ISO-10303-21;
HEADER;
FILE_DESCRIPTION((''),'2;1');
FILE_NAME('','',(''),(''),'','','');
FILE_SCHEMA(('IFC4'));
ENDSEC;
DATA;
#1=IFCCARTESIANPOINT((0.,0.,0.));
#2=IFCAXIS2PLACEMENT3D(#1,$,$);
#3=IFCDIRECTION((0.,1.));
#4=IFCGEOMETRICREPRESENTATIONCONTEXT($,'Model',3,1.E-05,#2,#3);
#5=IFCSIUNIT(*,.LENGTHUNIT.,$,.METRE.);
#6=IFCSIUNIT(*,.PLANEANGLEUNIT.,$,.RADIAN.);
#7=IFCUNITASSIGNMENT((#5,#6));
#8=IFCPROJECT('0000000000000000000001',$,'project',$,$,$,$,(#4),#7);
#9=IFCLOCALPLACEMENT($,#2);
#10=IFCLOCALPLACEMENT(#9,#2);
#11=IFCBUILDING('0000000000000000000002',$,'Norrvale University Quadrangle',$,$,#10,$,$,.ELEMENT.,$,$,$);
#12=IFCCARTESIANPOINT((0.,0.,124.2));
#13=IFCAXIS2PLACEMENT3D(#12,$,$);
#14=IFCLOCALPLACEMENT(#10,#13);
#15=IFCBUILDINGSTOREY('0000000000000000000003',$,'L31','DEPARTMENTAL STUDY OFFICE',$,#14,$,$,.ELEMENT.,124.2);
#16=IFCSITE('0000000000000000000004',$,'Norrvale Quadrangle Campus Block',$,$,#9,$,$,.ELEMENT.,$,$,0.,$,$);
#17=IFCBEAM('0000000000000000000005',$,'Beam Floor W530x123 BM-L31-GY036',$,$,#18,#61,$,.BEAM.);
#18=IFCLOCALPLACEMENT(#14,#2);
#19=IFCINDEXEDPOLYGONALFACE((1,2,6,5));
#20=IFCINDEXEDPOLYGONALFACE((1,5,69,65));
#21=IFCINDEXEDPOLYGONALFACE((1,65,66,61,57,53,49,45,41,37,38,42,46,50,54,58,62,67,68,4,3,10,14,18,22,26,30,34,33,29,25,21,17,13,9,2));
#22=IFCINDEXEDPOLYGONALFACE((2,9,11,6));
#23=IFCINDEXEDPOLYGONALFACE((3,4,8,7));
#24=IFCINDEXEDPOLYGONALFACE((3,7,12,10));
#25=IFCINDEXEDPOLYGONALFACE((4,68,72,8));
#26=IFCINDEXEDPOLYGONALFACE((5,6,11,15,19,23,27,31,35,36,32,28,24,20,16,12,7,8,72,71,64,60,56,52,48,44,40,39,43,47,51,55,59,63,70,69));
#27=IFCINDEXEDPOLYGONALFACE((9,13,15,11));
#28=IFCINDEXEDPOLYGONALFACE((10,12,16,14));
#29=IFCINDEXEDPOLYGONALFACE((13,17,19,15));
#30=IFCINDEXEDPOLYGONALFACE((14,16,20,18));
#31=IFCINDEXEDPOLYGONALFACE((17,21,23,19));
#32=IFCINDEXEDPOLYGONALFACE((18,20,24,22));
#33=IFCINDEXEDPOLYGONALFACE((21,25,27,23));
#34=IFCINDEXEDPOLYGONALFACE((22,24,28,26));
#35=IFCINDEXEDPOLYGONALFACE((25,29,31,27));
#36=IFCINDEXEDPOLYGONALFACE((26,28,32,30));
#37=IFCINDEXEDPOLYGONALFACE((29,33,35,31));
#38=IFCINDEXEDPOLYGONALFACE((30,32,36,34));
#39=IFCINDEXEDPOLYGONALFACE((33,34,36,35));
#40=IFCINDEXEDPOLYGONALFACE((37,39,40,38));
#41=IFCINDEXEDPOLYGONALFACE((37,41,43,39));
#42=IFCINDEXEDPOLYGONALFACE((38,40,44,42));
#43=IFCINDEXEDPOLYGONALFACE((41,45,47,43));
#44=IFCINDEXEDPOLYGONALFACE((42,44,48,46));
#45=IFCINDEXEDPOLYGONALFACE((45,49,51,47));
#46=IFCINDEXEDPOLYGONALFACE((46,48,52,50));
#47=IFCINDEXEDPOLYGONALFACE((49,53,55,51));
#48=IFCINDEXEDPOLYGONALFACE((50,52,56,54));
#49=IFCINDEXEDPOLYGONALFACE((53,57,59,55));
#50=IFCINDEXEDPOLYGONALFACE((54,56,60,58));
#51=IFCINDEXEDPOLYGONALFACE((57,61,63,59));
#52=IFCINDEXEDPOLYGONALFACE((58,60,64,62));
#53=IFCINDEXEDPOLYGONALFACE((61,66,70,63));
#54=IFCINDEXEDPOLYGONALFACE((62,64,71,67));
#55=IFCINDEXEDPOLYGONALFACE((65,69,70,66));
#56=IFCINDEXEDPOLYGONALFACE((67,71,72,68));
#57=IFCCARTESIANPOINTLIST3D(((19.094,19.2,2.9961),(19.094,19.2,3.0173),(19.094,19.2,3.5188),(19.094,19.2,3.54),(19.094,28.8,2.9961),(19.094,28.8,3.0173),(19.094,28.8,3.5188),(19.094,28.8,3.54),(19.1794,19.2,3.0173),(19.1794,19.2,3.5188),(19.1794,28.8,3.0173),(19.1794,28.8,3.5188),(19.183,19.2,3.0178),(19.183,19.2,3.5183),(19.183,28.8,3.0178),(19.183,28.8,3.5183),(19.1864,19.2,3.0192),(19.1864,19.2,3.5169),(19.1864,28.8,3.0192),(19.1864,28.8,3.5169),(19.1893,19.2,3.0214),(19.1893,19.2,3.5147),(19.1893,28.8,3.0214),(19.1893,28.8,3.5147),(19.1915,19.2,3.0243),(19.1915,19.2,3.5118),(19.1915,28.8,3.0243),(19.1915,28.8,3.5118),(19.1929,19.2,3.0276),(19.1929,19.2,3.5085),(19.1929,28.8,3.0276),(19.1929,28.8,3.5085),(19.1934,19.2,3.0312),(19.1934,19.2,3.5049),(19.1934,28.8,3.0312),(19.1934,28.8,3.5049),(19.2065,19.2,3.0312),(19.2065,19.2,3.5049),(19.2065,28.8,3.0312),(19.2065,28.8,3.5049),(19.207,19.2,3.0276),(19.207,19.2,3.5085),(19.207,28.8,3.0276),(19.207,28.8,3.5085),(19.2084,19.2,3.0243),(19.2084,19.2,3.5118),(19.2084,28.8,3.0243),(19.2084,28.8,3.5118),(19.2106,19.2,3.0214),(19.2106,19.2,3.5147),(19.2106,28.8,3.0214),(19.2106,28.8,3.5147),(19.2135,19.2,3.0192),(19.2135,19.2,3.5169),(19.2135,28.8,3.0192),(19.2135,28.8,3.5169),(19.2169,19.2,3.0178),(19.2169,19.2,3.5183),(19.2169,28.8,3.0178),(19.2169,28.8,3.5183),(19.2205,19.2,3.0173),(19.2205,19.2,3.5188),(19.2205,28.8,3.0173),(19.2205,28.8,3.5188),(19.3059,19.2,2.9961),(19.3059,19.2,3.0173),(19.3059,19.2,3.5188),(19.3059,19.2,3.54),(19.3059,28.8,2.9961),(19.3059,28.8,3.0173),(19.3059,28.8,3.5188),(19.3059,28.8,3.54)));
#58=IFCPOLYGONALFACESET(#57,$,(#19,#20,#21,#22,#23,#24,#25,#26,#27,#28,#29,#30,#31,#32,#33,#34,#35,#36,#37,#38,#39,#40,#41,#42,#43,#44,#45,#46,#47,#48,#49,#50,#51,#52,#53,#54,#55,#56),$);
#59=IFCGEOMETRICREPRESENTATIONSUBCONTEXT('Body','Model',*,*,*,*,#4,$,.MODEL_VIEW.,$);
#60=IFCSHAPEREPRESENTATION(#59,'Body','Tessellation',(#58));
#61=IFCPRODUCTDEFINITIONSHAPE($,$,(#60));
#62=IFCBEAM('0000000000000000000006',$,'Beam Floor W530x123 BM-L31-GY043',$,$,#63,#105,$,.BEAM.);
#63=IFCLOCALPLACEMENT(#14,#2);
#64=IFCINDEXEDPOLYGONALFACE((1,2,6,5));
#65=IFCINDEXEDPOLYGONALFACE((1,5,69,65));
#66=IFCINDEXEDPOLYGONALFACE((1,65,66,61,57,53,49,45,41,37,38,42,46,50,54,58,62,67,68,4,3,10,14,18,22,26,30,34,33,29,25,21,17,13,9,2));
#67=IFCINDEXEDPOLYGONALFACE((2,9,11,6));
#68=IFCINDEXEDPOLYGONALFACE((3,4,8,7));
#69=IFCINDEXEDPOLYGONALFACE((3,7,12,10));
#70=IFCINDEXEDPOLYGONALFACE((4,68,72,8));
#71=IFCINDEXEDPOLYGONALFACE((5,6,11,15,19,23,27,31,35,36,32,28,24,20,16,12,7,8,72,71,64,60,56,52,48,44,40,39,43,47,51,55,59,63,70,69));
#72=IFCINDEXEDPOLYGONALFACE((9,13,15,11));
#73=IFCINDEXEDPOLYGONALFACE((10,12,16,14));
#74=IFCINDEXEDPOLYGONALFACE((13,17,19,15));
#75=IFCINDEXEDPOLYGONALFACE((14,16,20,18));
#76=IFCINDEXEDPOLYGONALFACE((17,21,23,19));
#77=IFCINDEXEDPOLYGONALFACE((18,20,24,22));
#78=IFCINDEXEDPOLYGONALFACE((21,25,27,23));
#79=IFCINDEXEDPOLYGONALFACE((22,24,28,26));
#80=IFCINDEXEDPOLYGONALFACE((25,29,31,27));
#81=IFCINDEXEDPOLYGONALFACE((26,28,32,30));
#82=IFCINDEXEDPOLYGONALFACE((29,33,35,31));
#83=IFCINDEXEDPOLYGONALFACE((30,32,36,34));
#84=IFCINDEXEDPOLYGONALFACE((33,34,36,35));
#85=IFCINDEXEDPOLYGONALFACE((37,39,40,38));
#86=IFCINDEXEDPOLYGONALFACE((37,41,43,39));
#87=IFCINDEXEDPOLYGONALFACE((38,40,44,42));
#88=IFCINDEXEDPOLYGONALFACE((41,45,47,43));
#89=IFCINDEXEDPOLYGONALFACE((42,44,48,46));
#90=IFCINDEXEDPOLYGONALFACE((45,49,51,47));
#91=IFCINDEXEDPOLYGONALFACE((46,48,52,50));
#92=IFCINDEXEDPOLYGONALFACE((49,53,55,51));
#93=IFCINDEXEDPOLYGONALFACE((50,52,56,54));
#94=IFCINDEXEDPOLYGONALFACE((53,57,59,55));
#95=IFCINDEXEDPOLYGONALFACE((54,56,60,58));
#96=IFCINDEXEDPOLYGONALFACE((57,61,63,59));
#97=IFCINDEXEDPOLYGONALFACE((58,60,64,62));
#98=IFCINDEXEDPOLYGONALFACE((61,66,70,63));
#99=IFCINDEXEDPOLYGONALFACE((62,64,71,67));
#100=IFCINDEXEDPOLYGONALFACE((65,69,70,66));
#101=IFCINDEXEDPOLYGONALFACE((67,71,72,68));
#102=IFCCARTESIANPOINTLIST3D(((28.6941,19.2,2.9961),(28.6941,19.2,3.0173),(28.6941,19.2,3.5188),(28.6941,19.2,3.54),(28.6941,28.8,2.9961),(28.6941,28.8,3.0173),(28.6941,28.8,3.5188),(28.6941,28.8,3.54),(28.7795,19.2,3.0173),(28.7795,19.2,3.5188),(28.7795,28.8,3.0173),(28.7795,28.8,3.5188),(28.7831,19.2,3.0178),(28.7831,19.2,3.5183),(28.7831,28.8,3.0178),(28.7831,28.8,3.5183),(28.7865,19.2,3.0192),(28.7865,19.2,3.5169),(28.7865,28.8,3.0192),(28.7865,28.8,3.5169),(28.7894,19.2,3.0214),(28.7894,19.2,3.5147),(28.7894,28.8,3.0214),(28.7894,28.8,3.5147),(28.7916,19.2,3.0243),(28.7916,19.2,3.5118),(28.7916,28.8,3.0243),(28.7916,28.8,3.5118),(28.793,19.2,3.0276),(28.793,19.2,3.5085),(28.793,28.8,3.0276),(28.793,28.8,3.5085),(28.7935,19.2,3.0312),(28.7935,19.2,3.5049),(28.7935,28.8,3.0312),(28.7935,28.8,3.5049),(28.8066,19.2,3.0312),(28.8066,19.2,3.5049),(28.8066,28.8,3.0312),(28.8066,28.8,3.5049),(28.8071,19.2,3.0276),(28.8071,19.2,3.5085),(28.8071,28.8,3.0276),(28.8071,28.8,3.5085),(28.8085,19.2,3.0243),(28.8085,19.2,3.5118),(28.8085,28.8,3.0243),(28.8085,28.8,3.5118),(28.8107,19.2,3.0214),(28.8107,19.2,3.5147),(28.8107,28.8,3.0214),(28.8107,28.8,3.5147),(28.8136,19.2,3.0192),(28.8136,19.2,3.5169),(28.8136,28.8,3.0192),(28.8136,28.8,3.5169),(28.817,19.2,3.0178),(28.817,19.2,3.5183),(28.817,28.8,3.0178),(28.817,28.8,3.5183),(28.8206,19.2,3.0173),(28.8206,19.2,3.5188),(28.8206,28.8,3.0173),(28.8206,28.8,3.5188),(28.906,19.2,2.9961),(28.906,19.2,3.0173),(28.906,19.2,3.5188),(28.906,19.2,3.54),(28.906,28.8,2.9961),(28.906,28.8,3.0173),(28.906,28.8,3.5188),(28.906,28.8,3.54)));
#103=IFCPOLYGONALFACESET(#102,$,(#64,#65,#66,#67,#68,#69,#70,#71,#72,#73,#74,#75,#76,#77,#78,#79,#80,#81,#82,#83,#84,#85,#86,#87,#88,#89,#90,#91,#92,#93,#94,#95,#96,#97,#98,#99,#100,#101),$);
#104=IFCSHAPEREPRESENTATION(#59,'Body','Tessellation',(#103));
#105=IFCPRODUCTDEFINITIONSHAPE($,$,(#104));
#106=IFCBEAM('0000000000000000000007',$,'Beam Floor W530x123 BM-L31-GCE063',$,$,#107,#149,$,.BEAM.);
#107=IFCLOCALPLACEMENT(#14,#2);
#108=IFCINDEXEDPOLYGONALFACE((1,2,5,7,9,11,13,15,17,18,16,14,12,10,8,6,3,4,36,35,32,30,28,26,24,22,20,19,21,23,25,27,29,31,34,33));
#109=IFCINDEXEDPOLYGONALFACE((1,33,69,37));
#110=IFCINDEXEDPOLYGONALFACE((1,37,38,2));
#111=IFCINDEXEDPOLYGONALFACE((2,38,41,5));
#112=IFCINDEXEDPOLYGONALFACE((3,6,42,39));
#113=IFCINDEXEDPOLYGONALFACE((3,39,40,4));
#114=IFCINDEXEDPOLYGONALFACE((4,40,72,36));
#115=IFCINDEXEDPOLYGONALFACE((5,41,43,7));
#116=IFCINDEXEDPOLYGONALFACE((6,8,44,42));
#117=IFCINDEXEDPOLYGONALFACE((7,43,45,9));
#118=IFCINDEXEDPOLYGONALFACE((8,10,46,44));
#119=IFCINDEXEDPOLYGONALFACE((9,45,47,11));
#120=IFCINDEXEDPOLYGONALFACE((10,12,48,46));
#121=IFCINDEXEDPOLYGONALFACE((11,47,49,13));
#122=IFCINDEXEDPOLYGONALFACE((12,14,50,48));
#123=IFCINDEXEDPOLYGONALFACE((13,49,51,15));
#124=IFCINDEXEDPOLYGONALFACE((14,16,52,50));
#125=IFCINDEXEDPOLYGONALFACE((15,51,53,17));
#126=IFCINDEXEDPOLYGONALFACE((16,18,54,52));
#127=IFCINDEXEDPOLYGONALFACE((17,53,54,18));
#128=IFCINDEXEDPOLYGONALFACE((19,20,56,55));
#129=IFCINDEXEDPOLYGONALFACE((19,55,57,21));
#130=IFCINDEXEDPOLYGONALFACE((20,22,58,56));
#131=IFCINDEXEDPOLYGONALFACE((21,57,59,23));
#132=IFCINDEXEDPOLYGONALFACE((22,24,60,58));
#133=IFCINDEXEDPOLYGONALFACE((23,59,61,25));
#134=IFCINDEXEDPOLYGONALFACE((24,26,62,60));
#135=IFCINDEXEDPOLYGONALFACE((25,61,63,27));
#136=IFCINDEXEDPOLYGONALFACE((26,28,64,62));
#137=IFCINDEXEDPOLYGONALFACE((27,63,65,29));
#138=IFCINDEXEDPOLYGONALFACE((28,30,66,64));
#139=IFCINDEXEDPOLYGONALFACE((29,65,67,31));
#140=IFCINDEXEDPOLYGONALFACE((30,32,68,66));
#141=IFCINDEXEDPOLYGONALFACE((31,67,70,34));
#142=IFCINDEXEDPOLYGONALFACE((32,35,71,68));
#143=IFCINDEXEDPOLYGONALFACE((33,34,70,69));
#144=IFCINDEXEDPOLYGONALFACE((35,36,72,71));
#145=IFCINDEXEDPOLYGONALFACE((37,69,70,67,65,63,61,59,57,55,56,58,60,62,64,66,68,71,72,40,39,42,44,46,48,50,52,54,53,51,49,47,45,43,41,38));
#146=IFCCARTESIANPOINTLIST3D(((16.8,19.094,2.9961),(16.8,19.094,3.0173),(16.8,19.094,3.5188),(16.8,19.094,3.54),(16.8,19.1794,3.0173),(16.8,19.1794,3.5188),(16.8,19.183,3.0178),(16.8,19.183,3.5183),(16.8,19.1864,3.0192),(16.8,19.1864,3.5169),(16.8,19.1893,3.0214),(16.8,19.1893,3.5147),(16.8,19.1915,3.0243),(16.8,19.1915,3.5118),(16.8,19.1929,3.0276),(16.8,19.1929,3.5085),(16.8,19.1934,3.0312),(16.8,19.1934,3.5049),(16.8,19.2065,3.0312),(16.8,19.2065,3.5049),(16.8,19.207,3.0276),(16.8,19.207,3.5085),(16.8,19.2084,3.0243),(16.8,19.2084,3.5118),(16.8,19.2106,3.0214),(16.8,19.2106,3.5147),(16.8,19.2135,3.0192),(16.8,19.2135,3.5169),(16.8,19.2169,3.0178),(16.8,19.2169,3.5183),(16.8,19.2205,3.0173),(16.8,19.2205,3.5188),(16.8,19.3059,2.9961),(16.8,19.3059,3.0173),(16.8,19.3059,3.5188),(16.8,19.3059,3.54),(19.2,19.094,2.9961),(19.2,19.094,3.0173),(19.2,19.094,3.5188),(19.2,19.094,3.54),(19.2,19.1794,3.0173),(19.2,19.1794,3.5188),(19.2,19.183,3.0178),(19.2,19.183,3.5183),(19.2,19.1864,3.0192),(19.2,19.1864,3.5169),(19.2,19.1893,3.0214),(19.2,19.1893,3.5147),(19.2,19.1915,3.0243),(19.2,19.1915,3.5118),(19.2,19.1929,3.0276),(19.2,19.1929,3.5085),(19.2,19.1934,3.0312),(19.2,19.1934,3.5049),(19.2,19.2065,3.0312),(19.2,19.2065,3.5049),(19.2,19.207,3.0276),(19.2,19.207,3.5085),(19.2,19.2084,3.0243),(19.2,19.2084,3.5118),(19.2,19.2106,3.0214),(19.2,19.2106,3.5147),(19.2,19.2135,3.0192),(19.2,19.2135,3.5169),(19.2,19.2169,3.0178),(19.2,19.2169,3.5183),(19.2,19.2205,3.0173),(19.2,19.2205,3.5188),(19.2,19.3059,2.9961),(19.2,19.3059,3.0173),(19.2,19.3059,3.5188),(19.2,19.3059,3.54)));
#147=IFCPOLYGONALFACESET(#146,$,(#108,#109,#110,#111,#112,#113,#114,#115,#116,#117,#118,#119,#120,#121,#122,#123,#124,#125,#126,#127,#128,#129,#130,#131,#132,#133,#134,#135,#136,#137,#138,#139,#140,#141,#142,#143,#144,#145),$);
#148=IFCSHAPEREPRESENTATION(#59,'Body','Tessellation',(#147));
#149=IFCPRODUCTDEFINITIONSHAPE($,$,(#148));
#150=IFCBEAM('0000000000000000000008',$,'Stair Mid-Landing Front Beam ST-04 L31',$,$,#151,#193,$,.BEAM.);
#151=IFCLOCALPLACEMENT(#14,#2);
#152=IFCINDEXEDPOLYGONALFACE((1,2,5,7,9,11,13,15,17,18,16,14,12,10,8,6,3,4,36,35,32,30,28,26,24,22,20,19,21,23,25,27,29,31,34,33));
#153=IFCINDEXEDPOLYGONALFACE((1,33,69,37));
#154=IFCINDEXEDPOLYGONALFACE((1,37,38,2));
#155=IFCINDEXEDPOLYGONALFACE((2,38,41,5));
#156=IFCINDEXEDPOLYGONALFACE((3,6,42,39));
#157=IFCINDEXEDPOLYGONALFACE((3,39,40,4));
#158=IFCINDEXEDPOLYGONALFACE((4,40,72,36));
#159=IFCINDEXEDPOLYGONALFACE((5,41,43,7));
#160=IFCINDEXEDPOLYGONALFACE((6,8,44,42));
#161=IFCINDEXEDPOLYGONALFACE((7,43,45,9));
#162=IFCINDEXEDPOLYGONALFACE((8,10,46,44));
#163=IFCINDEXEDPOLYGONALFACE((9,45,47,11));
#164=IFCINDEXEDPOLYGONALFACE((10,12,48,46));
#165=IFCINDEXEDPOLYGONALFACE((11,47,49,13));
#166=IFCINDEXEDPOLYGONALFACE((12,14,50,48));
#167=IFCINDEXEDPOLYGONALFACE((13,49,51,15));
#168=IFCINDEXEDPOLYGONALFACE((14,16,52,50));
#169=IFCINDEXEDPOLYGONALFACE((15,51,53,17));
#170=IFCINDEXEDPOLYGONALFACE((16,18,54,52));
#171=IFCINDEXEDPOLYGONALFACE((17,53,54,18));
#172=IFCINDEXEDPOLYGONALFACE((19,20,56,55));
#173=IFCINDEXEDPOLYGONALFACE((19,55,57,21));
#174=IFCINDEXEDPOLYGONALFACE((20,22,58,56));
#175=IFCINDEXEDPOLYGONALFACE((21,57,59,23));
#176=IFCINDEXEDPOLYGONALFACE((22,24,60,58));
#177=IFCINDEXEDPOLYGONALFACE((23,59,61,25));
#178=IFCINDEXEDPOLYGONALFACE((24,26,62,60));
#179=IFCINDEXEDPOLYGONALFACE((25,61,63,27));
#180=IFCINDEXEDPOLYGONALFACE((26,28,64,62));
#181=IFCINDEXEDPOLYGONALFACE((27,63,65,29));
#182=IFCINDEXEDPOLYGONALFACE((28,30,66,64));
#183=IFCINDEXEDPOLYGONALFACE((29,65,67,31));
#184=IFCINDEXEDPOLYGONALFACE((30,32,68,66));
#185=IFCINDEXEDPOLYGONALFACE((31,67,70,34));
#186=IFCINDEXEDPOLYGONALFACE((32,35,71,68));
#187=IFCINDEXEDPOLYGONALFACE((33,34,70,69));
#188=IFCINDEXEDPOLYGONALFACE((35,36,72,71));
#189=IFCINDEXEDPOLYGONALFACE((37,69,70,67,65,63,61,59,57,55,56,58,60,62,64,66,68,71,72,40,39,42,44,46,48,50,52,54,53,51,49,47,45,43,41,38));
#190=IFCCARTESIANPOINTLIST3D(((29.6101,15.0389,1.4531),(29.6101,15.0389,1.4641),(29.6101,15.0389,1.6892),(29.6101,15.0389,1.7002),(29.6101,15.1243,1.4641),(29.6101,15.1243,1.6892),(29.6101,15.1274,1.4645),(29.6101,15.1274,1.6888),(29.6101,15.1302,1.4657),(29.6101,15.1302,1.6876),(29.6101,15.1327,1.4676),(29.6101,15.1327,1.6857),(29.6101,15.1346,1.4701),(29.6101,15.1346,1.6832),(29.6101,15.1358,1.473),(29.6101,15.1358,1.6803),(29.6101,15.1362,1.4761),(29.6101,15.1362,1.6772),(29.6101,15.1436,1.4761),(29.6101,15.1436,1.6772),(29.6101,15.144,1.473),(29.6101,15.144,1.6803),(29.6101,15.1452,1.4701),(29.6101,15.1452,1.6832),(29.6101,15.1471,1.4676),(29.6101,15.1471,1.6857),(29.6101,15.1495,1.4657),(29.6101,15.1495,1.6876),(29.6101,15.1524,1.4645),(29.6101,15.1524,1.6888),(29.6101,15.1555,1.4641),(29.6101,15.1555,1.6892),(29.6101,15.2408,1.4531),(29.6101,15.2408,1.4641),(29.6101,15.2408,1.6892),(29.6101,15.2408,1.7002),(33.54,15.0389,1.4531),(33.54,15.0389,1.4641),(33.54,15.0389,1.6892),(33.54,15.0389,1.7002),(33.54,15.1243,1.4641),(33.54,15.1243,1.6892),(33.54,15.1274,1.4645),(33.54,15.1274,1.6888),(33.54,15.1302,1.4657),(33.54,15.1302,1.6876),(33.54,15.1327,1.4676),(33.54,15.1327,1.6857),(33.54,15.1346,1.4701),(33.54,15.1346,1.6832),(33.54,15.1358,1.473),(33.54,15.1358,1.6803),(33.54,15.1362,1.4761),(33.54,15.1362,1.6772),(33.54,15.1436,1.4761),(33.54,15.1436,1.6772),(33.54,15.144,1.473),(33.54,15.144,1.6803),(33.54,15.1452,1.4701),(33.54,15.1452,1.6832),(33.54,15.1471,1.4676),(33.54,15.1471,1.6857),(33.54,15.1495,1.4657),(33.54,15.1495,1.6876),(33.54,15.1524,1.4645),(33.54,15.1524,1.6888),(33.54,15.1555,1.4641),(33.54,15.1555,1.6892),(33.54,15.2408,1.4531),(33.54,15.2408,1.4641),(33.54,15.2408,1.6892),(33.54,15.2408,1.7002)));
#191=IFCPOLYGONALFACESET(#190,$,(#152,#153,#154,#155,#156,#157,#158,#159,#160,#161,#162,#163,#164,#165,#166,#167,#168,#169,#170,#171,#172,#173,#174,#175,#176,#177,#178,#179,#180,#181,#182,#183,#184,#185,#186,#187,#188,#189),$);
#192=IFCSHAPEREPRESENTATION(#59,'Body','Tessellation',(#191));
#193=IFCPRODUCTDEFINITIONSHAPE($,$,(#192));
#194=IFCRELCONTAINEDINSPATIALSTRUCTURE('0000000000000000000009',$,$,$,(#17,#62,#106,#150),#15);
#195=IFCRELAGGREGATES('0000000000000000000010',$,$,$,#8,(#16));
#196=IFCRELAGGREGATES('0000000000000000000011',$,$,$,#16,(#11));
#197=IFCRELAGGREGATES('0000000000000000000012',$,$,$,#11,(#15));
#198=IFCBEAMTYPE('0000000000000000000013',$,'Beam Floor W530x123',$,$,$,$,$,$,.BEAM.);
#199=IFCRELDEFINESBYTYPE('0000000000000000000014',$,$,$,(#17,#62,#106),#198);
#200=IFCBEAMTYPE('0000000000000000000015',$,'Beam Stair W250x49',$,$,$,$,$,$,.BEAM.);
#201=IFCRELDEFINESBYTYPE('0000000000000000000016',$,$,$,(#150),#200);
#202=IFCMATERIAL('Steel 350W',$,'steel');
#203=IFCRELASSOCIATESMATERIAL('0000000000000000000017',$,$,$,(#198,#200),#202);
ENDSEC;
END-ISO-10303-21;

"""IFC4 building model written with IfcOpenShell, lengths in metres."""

from ifc_helpers import new_model, si_unit, direction, frame, origin, origin_2d, place, context, subcontext, project, spatial, i_section, extrude, material, material_profile, profile_set, type_object, element, save


model = new_model("IFC4")

# Units and contexts
model_context = context("Model", 3, precision=1e-05, world=origin(), true_north=direction((0.0, 1.0)))
body_context = subcontext(model_context, "Body", "Model", "MODEL_VIEW")
ifc_project = project(units=[si_unit("LENGTHUNIT", "METRE"), si_unit("PLANEANGLEUNIT", "RADIAN")], contexts=[model_context])

# Site, building, storey
site_placement = place(None, origin())
site = spatial("IfcSite", under=ifc_project, at=site_placement, Name="Norrvale Quadrangle Campus Block", CompositionType="ELEMENT", RefElevation=0.0)
building_placement = place(site_placement, origin())
building = spatial("IfcBuilding", under=site, at=building_placement, Name="Norrvale University Quadrangle", CompositionType="ELEMENT")
storey_placement = place(building_placement, frame((0.0, 0.0, 124.2)))
storey = spatial("IfcBuildingStorey", under=building, at=storey_placement, Name="L31", Description="DEPARTMENTAL STUDY OFFICE", CompositionType="ELEMENT", Elevation=124.2)

# Beams
ifc_material_1 = material(Name="Steel 350W", Category="steel")
ifc_material_profile_1 = material_profile(ifc_material_1, i_section(OverallWidth=0.2119, OverallDepth=0.5439, WebThickness=0.0132, FlangeThickness=0.0212, FilletRadius=0.0139, at=origin_2d()), Name="Steel 350W")
ifc_profile_set_1 = profile_set([ifc_material_profile_1], Name="Steel 350W")
beam_type_1 = type_object("IfcBeamType", Name="Beam Floor W530x123", PredefinedType="BEAM", material=ifc_profile_set_1)
for number, where, z_axis, x_axis, name in (
    (1, (19.2, 19.2, 3.2681), (0.0, 1.0, 0.0), (-1.0, 0.0, 0.0), "Beam Floor W530x123 BM-L31-GY036"),
    (2, (28.8, 19.2, 3.2681), (0.0, 1.0, 0.0), (-1.0, 0.0, 0.0), "Beam Floor W530x123 BM-L31-GY043"),
):
    element("IfcBeam", number, at=place(storey_placement, frame(where, z_axis=z_axis, x_axis=x_axis)), inside=storey, type_object=beam_type_1, Name=name, PredefinedType="BEAM", context=body_context, shape_type="SweptSolid", body=[
        extrude(i_section(OverallWidth=0.2119, OverallDepth=0.5439, WebThickness=0.0132, FlangeThickness=0.0212, FilletRadius=0.0139, at=origin_2d()), origin(), (0.0, 0.0, 1.0), 9.6001),
    ])
beam_1_placement = place(storey_placement, frame((16.8, 19.2, 3.2681), z_axis=(1.0, 0.0, 0.0), x_axis=(0.0, 1.0, 0.0)))
element("IfcBeam", 3, at=beam_1_placement, inside=storey, type_object=beam_type_1, Name="Beam Floor W530x123 BM-L31-GCE063", PredefinedType="BEAM", context=body_context, shape_type="SweptSolid", body=[
    extrude(i_section(OverallWidth=0.2119, OverallDepth=0.5439, WebThickness=0.0132, FlangeThickness=0.0212, FilletRadius=0.0139, at=origin_2d()), origin(), (0.0, 0.0, 1.0), 2.3999),
])
ifc_material_profile_2 = material_profile(ifc_material_1, i_section(OverallWidth=0.2019, OverallDepth=0.2471, WebThickness=0.0073, FlangeThickness=0.011, FilletRadius=0.012, at=origin_2d()), Name="Steel 350W")
ifc_profile_set_2 = profile_set([ifc_material_profile_2], Name="Steel 350W")
beam_type_2 = type_object("IfcBeamType", Name="Beam Stair W250x49", PredefinedType="BEAM", material=ifc_profile_set_2)
for number, where, z_axis, x_axis, name in (
    (4, (29.6101, 15.1399, 1.5767), (1.0, 0.0, 0.0), (0.0, 1.0, 0.0), "Stair Mid-Landing Front Beam ST-04 L31"),
):
    element("IfcBeam", number, at=place(storey_placement, frame(where, z_axis=z_axis, x_axis=x_axis)), inside=storey, type_object=beam_type_2, Name=name, PredefinedType="BEAM", context=body_context, shape_type="SweptSolid", body=[
        extrude(i_section(OverallWidth=0.2019, OverallDepth=0.2471, WebThickness=0.0073, FlangeThickness=0.011, FilletRadius=0.012, at=origin_2d()), origin(), (0.0, 0.0, 1.0), 3.9299),
    ])

save(model, "model.ifc")
